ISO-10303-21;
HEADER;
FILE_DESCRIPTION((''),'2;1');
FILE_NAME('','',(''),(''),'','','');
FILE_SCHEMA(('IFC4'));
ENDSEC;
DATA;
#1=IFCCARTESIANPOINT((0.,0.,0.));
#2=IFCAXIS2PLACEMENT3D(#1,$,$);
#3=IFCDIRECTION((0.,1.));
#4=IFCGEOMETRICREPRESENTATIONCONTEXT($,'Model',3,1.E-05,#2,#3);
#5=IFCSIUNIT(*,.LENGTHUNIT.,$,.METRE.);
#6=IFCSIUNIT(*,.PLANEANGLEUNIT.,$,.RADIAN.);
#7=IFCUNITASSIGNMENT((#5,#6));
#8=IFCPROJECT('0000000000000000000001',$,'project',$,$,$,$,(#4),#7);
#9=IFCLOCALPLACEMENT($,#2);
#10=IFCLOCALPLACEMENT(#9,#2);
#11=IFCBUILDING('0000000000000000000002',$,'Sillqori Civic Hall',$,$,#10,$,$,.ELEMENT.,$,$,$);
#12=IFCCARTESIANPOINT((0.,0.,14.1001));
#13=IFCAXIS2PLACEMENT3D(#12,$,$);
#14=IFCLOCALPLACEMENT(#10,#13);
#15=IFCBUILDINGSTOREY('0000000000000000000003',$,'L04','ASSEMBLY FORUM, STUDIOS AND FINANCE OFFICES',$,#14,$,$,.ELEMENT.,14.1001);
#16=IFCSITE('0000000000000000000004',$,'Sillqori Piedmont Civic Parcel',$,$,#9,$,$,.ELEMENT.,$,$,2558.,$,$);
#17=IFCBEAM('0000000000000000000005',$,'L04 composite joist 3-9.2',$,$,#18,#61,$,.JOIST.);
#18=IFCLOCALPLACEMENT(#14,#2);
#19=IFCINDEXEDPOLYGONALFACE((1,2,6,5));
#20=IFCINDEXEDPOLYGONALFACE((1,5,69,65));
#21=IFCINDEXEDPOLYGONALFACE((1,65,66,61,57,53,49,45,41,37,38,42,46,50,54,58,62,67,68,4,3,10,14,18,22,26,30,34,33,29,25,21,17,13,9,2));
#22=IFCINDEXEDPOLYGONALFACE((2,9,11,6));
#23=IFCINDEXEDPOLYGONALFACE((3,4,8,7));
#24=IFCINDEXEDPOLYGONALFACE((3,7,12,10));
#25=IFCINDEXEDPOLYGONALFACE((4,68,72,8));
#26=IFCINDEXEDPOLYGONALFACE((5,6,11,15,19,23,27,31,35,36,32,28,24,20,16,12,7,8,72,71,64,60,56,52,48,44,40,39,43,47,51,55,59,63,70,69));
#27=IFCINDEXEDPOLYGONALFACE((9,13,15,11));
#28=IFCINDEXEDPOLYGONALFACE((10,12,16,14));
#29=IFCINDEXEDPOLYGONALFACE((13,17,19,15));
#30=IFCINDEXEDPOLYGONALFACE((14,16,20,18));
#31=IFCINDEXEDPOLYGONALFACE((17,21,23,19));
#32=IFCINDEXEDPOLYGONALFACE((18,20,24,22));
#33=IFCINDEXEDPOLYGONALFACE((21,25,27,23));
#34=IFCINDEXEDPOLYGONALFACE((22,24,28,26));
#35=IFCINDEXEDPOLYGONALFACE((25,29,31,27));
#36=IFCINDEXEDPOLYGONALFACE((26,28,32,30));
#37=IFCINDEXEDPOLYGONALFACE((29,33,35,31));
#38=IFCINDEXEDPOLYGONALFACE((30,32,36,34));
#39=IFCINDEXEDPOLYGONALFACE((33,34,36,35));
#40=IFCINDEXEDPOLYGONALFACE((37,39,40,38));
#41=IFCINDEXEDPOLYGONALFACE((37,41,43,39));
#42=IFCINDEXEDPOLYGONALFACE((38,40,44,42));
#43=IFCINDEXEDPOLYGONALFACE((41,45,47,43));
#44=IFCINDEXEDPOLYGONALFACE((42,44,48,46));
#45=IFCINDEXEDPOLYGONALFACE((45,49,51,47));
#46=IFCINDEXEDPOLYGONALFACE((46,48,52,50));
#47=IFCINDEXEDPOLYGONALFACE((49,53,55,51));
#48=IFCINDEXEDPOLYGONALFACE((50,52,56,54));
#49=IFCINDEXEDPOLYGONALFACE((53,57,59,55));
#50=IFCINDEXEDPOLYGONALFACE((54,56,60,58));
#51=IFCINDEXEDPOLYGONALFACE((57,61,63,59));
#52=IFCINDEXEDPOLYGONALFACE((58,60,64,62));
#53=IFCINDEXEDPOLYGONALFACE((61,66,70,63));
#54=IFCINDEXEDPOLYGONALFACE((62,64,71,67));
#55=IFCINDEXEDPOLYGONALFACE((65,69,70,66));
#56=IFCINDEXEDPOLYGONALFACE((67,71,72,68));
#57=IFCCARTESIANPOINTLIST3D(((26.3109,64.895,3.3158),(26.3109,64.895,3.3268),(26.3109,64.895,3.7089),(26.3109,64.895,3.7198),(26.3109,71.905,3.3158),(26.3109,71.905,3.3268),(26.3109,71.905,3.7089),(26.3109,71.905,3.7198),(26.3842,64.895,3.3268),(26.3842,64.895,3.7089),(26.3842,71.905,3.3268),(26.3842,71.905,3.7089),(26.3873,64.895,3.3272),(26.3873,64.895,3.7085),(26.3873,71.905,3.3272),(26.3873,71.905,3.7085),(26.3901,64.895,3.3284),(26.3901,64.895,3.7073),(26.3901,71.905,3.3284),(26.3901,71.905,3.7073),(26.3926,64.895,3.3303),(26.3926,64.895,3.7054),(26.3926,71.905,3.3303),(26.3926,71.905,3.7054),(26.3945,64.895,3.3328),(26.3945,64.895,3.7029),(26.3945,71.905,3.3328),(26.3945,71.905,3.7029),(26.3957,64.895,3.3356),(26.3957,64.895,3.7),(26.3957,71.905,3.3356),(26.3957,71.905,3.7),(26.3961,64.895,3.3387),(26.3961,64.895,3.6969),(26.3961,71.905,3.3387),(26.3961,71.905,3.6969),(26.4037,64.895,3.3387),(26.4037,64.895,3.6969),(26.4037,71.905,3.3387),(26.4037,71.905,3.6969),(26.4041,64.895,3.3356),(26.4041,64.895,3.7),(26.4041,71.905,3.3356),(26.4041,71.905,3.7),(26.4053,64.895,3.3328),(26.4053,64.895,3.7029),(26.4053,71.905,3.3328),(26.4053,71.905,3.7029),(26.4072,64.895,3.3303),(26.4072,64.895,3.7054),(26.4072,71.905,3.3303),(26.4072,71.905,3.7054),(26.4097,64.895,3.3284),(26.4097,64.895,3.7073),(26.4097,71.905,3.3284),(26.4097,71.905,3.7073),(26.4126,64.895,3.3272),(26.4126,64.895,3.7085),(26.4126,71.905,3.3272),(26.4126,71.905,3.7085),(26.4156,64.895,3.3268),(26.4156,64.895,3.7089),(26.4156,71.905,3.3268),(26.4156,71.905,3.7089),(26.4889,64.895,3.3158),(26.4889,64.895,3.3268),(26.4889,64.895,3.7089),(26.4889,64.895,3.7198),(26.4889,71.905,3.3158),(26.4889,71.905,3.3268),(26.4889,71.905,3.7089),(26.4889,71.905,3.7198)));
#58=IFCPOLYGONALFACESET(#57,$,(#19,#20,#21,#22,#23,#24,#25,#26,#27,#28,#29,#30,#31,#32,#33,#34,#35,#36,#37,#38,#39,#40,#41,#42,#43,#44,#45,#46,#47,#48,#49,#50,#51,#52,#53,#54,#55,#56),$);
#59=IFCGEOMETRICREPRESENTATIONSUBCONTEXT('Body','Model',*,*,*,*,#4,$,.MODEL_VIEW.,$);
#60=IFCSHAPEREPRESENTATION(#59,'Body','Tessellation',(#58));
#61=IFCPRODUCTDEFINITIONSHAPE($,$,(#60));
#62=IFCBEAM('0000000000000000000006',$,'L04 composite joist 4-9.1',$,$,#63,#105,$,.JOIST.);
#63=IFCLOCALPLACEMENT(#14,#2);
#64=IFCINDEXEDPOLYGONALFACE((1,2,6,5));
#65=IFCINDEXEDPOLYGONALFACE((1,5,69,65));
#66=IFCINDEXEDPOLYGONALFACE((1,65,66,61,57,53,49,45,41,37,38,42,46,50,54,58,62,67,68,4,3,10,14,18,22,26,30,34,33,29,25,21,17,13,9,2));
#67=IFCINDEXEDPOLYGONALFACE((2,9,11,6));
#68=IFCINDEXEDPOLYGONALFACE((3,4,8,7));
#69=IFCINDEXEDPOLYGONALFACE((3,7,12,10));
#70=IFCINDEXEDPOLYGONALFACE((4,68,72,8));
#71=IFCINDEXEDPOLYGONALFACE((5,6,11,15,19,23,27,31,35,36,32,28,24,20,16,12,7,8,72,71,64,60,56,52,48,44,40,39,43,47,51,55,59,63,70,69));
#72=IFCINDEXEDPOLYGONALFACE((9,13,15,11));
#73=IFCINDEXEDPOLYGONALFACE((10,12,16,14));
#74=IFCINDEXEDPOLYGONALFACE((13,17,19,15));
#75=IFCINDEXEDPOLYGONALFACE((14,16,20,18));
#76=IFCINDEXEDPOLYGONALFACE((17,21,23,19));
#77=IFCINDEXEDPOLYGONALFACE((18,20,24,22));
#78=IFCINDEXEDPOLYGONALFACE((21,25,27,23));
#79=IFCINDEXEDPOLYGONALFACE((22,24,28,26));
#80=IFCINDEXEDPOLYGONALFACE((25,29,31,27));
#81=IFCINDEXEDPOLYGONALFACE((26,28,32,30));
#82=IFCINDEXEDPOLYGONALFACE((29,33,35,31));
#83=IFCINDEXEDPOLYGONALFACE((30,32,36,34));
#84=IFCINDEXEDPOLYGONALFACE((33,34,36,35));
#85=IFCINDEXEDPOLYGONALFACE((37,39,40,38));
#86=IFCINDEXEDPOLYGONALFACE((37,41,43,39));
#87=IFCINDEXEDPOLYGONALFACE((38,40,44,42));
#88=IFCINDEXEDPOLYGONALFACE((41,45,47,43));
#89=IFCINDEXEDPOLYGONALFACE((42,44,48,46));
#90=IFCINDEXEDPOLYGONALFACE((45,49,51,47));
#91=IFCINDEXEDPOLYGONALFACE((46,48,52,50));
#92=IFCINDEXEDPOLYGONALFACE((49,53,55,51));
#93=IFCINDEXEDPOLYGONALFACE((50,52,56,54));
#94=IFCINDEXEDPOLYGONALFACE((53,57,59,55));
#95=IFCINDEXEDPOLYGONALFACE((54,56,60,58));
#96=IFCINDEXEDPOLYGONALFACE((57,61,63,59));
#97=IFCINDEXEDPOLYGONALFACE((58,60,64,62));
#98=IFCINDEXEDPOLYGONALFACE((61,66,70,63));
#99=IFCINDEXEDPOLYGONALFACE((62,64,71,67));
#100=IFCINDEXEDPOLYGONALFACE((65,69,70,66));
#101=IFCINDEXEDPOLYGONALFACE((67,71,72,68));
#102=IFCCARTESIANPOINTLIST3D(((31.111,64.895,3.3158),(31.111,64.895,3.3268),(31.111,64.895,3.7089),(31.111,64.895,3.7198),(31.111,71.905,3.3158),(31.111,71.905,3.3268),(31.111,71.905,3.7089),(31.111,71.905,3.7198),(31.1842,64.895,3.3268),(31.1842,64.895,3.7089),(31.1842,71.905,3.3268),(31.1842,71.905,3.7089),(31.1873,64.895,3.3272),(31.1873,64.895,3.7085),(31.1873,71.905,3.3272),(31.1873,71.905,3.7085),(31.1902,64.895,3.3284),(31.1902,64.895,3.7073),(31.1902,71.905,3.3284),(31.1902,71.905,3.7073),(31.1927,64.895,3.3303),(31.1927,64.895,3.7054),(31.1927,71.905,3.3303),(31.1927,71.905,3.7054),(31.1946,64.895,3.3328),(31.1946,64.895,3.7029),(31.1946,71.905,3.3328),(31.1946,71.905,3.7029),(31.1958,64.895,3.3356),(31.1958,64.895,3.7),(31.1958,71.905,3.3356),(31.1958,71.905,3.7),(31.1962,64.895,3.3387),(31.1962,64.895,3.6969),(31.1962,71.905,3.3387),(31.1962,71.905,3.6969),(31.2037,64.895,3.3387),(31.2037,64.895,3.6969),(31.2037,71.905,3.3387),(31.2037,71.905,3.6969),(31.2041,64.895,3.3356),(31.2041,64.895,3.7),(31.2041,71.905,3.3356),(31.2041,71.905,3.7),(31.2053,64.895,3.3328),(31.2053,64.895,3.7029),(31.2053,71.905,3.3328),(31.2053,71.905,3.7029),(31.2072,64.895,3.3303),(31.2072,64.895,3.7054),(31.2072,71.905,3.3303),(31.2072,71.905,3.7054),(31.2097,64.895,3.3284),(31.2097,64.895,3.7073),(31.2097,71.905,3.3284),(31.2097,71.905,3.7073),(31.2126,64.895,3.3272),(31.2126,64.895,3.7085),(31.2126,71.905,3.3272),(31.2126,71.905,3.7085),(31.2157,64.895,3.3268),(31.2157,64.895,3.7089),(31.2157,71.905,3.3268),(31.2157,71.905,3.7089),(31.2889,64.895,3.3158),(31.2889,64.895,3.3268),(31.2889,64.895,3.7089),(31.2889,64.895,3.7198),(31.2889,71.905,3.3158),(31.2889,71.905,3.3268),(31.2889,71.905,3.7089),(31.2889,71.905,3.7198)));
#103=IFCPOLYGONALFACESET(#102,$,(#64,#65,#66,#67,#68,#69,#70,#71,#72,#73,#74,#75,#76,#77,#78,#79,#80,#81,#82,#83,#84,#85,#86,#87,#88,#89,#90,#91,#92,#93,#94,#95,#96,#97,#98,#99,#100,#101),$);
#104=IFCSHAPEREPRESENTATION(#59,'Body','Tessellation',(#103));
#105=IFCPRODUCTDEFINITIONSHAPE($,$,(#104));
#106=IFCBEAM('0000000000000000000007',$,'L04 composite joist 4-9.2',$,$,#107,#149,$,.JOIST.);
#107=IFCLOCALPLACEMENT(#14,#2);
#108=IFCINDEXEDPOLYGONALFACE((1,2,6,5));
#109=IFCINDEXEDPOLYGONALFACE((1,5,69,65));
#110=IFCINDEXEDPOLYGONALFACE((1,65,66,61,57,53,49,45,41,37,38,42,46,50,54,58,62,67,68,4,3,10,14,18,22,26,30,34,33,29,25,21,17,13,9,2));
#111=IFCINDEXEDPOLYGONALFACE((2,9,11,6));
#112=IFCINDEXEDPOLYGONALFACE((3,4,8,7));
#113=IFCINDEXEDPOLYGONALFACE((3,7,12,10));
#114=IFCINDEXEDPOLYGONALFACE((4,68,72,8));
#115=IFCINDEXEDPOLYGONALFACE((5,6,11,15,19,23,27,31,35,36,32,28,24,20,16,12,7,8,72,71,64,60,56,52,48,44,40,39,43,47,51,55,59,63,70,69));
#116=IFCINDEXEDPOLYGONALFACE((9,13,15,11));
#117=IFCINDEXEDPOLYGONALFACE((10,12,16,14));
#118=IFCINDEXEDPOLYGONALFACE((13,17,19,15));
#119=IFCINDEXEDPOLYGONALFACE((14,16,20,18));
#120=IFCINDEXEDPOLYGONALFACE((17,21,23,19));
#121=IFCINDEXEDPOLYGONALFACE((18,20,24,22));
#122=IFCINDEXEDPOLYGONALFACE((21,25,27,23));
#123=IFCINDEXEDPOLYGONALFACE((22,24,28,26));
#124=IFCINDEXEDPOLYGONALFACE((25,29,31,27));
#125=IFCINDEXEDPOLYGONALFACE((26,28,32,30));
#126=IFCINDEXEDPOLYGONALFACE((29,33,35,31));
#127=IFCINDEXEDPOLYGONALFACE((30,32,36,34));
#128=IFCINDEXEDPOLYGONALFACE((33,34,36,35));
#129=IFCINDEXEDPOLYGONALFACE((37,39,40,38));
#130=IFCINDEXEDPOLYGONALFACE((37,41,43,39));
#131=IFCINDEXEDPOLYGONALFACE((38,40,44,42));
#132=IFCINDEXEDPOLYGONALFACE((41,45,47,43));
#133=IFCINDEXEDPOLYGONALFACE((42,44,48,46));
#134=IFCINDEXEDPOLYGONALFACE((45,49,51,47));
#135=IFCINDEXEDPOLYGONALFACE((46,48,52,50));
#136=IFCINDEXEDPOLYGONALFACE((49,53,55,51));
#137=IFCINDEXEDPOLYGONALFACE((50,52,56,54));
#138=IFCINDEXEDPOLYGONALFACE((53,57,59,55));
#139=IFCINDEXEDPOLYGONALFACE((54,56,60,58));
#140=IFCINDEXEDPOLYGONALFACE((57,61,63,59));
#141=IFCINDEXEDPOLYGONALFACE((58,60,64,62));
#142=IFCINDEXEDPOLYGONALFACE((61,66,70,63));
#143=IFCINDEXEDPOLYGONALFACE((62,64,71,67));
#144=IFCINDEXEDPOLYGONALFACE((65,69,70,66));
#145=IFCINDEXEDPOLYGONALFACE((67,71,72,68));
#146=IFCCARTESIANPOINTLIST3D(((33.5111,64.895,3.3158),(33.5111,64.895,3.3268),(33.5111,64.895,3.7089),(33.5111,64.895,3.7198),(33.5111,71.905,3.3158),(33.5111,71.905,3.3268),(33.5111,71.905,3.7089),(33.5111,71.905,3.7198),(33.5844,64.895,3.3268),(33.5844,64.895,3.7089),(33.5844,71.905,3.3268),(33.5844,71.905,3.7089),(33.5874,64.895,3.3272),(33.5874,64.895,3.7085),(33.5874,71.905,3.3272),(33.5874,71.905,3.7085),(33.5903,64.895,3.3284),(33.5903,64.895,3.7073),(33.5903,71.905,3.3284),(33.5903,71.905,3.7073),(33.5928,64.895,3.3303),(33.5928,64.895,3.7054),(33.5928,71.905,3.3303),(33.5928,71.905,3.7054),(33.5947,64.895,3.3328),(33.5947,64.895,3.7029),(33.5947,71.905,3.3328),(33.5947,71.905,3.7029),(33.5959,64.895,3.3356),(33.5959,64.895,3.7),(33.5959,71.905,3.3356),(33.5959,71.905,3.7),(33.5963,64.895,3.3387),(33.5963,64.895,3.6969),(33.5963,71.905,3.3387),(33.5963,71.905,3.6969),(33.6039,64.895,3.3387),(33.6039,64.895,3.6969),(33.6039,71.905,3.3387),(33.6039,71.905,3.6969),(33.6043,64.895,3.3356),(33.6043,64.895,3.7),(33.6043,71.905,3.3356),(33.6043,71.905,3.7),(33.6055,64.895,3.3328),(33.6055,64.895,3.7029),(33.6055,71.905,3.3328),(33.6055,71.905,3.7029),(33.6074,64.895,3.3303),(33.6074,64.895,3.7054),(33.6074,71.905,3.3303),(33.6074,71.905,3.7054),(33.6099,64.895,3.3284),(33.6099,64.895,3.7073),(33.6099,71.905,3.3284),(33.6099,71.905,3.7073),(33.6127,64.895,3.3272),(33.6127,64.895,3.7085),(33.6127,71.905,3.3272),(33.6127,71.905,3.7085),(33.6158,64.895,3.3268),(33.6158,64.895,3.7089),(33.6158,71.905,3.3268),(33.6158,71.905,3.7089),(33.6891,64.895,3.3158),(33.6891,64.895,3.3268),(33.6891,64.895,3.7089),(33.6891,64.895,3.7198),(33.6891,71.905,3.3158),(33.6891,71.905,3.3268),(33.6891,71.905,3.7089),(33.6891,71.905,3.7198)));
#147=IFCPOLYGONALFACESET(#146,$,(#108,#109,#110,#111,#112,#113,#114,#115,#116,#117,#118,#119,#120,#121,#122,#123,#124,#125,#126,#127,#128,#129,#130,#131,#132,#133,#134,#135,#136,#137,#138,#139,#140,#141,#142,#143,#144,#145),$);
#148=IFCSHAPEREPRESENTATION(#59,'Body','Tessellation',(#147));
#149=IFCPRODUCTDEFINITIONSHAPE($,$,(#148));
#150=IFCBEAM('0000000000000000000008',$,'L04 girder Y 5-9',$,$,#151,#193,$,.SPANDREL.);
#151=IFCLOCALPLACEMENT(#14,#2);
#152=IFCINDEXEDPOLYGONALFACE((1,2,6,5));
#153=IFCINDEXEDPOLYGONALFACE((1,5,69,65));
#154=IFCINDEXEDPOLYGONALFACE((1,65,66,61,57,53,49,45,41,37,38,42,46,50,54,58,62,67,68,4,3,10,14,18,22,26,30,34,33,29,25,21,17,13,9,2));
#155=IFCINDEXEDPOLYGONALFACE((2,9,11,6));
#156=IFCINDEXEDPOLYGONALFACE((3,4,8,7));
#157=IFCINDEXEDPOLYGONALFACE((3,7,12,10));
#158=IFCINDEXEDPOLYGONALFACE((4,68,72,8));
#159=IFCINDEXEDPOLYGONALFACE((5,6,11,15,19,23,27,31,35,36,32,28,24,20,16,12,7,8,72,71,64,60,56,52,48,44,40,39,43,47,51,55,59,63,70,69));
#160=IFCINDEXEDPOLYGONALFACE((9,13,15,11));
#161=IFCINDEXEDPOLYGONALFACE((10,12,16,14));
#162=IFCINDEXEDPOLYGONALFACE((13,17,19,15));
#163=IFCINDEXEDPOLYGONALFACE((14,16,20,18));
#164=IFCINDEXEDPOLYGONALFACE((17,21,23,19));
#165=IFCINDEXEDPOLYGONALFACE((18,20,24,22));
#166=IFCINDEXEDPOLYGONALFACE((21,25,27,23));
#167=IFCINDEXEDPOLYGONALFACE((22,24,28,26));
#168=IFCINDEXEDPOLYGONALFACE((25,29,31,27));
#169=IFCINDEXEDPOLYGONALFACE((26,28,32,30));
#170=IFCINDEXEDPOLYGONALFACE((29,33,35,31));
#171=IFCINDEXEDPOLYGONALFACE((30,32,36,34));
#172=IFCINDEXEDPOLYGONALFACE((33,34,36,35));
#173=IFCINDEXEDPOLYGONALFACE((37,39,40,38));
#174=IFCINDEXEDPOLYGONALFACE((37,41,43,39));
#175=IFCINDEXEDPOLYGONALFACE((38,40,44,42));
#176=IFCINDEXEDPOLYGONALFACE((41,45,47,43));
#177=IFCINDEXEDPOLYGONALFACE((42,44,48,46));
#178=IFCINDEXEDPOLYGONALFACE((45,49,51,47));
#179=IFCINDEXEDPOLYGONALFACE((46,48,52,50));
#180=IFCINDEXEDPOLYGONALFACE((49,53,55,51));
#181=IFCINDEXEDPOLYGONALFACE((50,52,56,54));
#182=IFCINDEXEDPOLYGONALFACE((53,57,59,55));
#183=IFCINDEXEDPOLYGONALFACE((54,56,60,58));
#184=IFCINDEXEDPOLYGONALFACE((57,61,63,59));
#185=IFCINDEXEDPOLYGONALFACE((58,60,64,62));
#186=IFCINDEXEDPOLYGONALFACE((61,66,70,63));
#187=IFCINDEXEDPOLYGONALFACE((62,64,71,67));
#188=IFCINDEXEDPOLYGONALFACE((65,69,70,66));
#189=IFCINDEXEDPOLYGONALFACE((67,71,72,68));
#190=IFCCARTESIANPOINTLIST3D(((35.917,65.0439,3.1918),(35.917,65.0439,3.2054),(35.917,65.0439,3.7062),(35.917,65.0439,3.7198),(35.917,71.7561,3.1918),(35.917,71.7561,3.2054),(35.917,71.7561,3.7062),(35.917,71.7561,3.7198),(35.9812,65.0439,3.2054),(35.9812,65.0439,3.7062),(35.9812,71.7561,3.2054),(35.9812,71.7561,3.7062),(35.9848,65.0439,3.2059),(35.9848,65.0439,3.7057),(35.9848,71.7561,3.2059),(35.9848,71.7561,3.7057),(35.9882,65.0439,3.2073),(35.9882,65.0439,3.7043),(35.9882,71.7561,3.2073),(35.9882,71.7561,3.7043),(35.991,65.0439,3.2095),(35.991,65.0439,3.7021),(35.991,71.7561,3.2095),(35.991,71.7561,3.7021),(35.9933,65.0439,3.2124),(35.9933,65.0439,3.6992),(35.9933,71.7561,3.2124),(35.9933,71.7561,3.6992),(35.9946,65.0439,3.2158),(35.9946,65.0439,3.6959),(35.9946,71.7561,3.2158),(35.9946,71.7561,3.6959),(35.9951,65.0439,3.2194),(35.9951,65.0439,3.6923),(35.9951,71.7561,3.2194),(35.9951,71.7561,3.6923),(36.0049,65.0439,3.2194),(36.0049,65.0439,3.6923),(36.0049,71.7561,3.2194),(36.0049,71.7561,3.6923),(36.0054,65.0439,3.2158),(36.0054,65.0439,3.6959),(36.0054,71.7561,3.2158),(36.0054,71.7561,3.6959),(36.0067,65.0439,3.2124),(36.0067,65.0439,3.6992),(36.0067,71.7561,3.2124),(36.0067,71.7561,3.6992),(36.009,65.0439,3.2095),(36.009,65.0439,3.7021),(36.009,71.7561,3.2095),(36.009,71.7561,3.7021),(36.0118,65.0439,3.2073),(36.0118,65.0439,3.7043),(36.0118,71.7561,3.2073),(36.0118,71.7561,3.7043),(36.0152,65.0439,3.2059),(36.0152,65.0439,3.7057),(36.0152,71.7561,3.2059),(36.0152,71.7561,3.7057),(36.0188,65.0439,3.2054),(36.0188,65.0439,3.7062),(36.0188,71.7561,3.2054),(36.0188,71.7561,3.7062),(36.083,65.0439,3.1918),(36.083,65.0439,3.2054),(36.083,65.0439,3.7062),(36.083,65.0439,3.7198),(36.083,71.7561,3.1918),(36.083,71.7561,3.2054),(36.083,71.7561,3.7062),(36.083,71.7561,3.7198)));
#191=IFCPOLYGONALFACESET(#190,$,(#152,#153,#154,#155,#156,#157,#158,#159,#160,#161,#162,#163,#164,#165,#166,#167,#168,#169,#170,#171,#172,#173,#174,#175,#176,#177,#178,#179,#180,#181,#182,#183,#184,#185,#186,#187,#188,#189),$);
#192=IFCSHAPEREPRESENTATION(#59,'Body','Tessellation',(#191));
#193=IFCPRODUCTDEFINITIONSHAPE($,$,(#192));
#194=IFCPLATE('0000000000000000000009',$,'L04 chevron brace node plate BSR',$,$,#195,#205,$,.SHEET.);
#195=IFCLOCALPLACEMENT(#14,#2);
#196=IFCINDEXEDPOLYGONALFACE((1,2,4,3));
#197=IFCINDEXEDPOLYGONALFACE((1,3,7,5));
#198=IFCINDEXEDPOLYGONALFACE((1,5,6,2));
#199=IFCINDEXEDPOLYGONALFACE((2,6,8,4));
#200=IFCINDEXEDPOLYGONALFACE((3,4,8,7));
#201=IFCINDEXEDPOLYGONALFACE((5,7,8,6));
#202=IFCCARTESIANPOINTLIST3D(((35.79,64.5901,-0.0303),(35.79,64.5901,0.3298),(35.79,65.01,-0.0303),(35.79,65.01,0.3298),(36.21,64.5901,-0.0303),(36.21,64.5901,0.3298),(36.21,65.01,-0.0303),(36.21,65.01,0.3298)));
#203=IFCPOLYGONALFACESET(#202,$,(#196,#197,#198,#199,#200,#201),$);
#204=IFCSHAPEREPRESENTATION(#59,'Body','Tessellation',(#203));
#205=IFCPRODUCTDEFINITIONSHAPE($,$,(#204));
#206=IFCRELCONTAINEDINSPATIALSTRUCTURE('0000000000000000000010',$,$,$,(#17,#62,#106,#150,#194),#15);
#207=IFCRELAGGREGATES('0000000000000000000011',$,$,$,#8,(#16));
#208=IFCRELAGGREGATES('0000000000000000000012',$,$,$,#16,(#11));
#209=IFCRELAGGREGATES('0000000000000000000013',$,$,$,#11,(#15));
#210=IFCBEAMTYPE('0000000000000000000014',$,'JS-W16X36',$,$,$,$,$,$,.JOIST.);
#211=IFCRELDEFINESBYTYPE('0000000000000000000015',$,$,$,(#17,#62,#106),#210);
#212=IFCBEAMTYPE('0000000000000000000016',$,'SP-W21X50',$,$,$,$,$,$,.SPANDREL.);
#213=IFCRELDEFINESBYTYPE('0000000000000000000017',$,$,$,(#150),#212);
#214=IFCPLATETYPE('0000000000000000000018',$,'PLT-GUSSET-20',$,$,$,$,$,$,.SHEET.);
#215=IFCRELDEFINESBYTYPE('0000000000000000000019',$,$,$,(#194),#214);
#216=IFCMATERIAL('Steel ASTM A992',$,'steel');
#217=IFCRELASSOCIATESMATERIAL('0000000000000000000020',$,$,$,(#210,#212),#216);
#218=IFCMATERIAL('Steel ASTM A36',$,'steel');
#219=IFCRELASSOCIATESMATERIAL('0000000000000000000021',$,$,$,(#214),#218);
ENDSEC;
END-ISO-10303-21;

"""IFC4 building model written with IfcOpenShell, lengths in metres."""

from ifc_helpers import new_model, si_unit, direction, frame, origin, origin_2d, place, context, subcontext, project, spatial, rectangle, i_section, extrude, material, material_profile, profile_set, type_object, element, save


model = new_model("IFC4")

# Units and contexts
model_context = context("Model", 3, precision=1e-05, world=origin(), true_north=direction((0.0, 1.0)))
body_context = subcontext(model_context, "Body", "Model", "MODEL_VIEW")
ifc_project = project(units=[si_unit("LENGTHUNIT", "METRE"), si_unit("PLANEANGLEUNIT", "RADIAN")], contexts=[model_context])

# Site, building, storey
site_placement = place(None, origin())
site = spatial("IfcSite", under=ifc_project, at=site_placement, Name="Sillqori Piedmont Civic Parcel", CompositionType="ELEMENT", RefElevation=2558.0)
building_placement = place(site_placement, origin())
building = spatial("IfcBuilding", under=site, at=building_placement, Name="Sillqori Civic Hall", CompositionType="ELEMENT")
storey_placement = place(building_placement, frame((0.0, 0.0, 14.1001)))
storey = spatial("IfcBuildingStorey", under=building, at=storey_placement, Name="L04", Description="ASSEMBLY FORUM, STUDIOS AND FINANCE OFFICES", CompositionType="ELEMENT", Elevation=14.1001)

# Shared definitions
ifc_material_1 = material(Name="Steel ASTM A992", Category="steel")

# Beams
ifc_material_profile_1 = material_profile(ifc_material_1, i_section(OverallWidth=0.178, OverallDepth=0.4041, WebThickness=0.0076, FlangeThickness=0.011, FilletRadius=0.012, at=origin_2d()), Name="W16X36")
ifc_profile_set_1 = profile_set([ifc_material_profile_1], Name="Steel ASTM A992")
beam_type_1 = type_object("IfcBeamType", Name="JS-W16X36", PredefinedType="JOIST", material=ifc_profile_set_1)
for number, where, z_axis, x_axis, name in (
    (1, (26.3999, 64.895, 3.5178), (0.0, 1.0, 0.0), (-1.0, 0.0, 0.0), "L04 composite joist 3-9.2"),
    (2, (31.2, 64.895, 3.5178), (0.0, 1.0, 0.0), (-1.0, 0.0, 0.0), "L04 composite joist 4-9.1"),
    (3, (33.6001, 64.895, 3.5178), (0.0, 1.0, 0.0), (-1.0, 0.0, 0.0), "L04 composite joist 4-9.2"),
):
    element("IfcBeam", number, at=place(storey_placement, frame(where, z_axis=z_axis, x_axis=x_axis)), inside=storey, type_object=beam_type_1, Name=name, PredefinedType="JOIST", context=body_context, shape_type="SweptSolid", body=[
        extrude(i_section(OverallWidth=0.178, OverallDepth=0.4041, WebThickness=0.0076, FlangeThickness=0.011, FilletRadius=0.012, at=origin_2d()), origin(), (0.0, 0.0, 1.0), 7.01),
    ])
ifc_material_profile_2 = material_profile(ifc_material_1, i_section(OverallWidth=0.166, OverallDepth=0.5281, WebThickness=0.0098, FlangeThickness=0.0137, FilletRadius=0.0139, at=origin_2d()), Name="W21X50")
ifc_profile_set_2 = profile_set([ifc_material_profile_2], Name="Steel ASTM A992")
beam_type_2 = type_object("IfcBeamType", Name="SP-W21X50", PredefinedType="SPANDREL", material=ifc_profile_set_2)
beam_1_placement = place(storey_placement, frame((36.0, 65.0439, 3.4558), z_axis=(0.0, 1.0, 0.0), x_axis=(-1.0, 0.0, 0.0)))
element("IfcBeam", 4, at=beam_1_placement, inside=storey, type_object=beam_type_2, Name="L04 girder Y 5-9", PredefinedType="SPANDREL", context=body_context, shape_type="SweptSolid", body=[
    extrude(i_section(OverallWidth=0.166, OverallDepth=0.5281, WebThickness=0.0098, FlangeThickness=0.0137, FilletRadius=0.0139, at=origin_2d()), origin(), (0.0, 0.0, 1.0), 6.7122),
])

# Plate
ifc_material_2 = material(Name="Steel ASTM A36", Category="steel")
plate_type = type_object("IfcPlateType", Name="PLT-GUSSET-20", PredefinedType="SHEET", material=ifc_material_2)
plate_placement = place(storey_placement, frame((36.0, 64.8, -0.0303), z_axis=(0.0, 0.0, 1.0), x_axis=(1.0, 0.0, 0.0)))
element("IfcPlate", 5, at=plate_placement, inside=storey, type_object=plate_type, Name="L04 chevron brace node plate BSR", PredefinedType="SHEET", context=body_context, shape_type="SweptSolid", body=[
    extrude(rectangle(XDim=0.4199, YDim=0.4199, at=origin_2d()), origin(), (0.0, 0.0, 1.0), 0.3601),
])

save(model, "model.ifc")
